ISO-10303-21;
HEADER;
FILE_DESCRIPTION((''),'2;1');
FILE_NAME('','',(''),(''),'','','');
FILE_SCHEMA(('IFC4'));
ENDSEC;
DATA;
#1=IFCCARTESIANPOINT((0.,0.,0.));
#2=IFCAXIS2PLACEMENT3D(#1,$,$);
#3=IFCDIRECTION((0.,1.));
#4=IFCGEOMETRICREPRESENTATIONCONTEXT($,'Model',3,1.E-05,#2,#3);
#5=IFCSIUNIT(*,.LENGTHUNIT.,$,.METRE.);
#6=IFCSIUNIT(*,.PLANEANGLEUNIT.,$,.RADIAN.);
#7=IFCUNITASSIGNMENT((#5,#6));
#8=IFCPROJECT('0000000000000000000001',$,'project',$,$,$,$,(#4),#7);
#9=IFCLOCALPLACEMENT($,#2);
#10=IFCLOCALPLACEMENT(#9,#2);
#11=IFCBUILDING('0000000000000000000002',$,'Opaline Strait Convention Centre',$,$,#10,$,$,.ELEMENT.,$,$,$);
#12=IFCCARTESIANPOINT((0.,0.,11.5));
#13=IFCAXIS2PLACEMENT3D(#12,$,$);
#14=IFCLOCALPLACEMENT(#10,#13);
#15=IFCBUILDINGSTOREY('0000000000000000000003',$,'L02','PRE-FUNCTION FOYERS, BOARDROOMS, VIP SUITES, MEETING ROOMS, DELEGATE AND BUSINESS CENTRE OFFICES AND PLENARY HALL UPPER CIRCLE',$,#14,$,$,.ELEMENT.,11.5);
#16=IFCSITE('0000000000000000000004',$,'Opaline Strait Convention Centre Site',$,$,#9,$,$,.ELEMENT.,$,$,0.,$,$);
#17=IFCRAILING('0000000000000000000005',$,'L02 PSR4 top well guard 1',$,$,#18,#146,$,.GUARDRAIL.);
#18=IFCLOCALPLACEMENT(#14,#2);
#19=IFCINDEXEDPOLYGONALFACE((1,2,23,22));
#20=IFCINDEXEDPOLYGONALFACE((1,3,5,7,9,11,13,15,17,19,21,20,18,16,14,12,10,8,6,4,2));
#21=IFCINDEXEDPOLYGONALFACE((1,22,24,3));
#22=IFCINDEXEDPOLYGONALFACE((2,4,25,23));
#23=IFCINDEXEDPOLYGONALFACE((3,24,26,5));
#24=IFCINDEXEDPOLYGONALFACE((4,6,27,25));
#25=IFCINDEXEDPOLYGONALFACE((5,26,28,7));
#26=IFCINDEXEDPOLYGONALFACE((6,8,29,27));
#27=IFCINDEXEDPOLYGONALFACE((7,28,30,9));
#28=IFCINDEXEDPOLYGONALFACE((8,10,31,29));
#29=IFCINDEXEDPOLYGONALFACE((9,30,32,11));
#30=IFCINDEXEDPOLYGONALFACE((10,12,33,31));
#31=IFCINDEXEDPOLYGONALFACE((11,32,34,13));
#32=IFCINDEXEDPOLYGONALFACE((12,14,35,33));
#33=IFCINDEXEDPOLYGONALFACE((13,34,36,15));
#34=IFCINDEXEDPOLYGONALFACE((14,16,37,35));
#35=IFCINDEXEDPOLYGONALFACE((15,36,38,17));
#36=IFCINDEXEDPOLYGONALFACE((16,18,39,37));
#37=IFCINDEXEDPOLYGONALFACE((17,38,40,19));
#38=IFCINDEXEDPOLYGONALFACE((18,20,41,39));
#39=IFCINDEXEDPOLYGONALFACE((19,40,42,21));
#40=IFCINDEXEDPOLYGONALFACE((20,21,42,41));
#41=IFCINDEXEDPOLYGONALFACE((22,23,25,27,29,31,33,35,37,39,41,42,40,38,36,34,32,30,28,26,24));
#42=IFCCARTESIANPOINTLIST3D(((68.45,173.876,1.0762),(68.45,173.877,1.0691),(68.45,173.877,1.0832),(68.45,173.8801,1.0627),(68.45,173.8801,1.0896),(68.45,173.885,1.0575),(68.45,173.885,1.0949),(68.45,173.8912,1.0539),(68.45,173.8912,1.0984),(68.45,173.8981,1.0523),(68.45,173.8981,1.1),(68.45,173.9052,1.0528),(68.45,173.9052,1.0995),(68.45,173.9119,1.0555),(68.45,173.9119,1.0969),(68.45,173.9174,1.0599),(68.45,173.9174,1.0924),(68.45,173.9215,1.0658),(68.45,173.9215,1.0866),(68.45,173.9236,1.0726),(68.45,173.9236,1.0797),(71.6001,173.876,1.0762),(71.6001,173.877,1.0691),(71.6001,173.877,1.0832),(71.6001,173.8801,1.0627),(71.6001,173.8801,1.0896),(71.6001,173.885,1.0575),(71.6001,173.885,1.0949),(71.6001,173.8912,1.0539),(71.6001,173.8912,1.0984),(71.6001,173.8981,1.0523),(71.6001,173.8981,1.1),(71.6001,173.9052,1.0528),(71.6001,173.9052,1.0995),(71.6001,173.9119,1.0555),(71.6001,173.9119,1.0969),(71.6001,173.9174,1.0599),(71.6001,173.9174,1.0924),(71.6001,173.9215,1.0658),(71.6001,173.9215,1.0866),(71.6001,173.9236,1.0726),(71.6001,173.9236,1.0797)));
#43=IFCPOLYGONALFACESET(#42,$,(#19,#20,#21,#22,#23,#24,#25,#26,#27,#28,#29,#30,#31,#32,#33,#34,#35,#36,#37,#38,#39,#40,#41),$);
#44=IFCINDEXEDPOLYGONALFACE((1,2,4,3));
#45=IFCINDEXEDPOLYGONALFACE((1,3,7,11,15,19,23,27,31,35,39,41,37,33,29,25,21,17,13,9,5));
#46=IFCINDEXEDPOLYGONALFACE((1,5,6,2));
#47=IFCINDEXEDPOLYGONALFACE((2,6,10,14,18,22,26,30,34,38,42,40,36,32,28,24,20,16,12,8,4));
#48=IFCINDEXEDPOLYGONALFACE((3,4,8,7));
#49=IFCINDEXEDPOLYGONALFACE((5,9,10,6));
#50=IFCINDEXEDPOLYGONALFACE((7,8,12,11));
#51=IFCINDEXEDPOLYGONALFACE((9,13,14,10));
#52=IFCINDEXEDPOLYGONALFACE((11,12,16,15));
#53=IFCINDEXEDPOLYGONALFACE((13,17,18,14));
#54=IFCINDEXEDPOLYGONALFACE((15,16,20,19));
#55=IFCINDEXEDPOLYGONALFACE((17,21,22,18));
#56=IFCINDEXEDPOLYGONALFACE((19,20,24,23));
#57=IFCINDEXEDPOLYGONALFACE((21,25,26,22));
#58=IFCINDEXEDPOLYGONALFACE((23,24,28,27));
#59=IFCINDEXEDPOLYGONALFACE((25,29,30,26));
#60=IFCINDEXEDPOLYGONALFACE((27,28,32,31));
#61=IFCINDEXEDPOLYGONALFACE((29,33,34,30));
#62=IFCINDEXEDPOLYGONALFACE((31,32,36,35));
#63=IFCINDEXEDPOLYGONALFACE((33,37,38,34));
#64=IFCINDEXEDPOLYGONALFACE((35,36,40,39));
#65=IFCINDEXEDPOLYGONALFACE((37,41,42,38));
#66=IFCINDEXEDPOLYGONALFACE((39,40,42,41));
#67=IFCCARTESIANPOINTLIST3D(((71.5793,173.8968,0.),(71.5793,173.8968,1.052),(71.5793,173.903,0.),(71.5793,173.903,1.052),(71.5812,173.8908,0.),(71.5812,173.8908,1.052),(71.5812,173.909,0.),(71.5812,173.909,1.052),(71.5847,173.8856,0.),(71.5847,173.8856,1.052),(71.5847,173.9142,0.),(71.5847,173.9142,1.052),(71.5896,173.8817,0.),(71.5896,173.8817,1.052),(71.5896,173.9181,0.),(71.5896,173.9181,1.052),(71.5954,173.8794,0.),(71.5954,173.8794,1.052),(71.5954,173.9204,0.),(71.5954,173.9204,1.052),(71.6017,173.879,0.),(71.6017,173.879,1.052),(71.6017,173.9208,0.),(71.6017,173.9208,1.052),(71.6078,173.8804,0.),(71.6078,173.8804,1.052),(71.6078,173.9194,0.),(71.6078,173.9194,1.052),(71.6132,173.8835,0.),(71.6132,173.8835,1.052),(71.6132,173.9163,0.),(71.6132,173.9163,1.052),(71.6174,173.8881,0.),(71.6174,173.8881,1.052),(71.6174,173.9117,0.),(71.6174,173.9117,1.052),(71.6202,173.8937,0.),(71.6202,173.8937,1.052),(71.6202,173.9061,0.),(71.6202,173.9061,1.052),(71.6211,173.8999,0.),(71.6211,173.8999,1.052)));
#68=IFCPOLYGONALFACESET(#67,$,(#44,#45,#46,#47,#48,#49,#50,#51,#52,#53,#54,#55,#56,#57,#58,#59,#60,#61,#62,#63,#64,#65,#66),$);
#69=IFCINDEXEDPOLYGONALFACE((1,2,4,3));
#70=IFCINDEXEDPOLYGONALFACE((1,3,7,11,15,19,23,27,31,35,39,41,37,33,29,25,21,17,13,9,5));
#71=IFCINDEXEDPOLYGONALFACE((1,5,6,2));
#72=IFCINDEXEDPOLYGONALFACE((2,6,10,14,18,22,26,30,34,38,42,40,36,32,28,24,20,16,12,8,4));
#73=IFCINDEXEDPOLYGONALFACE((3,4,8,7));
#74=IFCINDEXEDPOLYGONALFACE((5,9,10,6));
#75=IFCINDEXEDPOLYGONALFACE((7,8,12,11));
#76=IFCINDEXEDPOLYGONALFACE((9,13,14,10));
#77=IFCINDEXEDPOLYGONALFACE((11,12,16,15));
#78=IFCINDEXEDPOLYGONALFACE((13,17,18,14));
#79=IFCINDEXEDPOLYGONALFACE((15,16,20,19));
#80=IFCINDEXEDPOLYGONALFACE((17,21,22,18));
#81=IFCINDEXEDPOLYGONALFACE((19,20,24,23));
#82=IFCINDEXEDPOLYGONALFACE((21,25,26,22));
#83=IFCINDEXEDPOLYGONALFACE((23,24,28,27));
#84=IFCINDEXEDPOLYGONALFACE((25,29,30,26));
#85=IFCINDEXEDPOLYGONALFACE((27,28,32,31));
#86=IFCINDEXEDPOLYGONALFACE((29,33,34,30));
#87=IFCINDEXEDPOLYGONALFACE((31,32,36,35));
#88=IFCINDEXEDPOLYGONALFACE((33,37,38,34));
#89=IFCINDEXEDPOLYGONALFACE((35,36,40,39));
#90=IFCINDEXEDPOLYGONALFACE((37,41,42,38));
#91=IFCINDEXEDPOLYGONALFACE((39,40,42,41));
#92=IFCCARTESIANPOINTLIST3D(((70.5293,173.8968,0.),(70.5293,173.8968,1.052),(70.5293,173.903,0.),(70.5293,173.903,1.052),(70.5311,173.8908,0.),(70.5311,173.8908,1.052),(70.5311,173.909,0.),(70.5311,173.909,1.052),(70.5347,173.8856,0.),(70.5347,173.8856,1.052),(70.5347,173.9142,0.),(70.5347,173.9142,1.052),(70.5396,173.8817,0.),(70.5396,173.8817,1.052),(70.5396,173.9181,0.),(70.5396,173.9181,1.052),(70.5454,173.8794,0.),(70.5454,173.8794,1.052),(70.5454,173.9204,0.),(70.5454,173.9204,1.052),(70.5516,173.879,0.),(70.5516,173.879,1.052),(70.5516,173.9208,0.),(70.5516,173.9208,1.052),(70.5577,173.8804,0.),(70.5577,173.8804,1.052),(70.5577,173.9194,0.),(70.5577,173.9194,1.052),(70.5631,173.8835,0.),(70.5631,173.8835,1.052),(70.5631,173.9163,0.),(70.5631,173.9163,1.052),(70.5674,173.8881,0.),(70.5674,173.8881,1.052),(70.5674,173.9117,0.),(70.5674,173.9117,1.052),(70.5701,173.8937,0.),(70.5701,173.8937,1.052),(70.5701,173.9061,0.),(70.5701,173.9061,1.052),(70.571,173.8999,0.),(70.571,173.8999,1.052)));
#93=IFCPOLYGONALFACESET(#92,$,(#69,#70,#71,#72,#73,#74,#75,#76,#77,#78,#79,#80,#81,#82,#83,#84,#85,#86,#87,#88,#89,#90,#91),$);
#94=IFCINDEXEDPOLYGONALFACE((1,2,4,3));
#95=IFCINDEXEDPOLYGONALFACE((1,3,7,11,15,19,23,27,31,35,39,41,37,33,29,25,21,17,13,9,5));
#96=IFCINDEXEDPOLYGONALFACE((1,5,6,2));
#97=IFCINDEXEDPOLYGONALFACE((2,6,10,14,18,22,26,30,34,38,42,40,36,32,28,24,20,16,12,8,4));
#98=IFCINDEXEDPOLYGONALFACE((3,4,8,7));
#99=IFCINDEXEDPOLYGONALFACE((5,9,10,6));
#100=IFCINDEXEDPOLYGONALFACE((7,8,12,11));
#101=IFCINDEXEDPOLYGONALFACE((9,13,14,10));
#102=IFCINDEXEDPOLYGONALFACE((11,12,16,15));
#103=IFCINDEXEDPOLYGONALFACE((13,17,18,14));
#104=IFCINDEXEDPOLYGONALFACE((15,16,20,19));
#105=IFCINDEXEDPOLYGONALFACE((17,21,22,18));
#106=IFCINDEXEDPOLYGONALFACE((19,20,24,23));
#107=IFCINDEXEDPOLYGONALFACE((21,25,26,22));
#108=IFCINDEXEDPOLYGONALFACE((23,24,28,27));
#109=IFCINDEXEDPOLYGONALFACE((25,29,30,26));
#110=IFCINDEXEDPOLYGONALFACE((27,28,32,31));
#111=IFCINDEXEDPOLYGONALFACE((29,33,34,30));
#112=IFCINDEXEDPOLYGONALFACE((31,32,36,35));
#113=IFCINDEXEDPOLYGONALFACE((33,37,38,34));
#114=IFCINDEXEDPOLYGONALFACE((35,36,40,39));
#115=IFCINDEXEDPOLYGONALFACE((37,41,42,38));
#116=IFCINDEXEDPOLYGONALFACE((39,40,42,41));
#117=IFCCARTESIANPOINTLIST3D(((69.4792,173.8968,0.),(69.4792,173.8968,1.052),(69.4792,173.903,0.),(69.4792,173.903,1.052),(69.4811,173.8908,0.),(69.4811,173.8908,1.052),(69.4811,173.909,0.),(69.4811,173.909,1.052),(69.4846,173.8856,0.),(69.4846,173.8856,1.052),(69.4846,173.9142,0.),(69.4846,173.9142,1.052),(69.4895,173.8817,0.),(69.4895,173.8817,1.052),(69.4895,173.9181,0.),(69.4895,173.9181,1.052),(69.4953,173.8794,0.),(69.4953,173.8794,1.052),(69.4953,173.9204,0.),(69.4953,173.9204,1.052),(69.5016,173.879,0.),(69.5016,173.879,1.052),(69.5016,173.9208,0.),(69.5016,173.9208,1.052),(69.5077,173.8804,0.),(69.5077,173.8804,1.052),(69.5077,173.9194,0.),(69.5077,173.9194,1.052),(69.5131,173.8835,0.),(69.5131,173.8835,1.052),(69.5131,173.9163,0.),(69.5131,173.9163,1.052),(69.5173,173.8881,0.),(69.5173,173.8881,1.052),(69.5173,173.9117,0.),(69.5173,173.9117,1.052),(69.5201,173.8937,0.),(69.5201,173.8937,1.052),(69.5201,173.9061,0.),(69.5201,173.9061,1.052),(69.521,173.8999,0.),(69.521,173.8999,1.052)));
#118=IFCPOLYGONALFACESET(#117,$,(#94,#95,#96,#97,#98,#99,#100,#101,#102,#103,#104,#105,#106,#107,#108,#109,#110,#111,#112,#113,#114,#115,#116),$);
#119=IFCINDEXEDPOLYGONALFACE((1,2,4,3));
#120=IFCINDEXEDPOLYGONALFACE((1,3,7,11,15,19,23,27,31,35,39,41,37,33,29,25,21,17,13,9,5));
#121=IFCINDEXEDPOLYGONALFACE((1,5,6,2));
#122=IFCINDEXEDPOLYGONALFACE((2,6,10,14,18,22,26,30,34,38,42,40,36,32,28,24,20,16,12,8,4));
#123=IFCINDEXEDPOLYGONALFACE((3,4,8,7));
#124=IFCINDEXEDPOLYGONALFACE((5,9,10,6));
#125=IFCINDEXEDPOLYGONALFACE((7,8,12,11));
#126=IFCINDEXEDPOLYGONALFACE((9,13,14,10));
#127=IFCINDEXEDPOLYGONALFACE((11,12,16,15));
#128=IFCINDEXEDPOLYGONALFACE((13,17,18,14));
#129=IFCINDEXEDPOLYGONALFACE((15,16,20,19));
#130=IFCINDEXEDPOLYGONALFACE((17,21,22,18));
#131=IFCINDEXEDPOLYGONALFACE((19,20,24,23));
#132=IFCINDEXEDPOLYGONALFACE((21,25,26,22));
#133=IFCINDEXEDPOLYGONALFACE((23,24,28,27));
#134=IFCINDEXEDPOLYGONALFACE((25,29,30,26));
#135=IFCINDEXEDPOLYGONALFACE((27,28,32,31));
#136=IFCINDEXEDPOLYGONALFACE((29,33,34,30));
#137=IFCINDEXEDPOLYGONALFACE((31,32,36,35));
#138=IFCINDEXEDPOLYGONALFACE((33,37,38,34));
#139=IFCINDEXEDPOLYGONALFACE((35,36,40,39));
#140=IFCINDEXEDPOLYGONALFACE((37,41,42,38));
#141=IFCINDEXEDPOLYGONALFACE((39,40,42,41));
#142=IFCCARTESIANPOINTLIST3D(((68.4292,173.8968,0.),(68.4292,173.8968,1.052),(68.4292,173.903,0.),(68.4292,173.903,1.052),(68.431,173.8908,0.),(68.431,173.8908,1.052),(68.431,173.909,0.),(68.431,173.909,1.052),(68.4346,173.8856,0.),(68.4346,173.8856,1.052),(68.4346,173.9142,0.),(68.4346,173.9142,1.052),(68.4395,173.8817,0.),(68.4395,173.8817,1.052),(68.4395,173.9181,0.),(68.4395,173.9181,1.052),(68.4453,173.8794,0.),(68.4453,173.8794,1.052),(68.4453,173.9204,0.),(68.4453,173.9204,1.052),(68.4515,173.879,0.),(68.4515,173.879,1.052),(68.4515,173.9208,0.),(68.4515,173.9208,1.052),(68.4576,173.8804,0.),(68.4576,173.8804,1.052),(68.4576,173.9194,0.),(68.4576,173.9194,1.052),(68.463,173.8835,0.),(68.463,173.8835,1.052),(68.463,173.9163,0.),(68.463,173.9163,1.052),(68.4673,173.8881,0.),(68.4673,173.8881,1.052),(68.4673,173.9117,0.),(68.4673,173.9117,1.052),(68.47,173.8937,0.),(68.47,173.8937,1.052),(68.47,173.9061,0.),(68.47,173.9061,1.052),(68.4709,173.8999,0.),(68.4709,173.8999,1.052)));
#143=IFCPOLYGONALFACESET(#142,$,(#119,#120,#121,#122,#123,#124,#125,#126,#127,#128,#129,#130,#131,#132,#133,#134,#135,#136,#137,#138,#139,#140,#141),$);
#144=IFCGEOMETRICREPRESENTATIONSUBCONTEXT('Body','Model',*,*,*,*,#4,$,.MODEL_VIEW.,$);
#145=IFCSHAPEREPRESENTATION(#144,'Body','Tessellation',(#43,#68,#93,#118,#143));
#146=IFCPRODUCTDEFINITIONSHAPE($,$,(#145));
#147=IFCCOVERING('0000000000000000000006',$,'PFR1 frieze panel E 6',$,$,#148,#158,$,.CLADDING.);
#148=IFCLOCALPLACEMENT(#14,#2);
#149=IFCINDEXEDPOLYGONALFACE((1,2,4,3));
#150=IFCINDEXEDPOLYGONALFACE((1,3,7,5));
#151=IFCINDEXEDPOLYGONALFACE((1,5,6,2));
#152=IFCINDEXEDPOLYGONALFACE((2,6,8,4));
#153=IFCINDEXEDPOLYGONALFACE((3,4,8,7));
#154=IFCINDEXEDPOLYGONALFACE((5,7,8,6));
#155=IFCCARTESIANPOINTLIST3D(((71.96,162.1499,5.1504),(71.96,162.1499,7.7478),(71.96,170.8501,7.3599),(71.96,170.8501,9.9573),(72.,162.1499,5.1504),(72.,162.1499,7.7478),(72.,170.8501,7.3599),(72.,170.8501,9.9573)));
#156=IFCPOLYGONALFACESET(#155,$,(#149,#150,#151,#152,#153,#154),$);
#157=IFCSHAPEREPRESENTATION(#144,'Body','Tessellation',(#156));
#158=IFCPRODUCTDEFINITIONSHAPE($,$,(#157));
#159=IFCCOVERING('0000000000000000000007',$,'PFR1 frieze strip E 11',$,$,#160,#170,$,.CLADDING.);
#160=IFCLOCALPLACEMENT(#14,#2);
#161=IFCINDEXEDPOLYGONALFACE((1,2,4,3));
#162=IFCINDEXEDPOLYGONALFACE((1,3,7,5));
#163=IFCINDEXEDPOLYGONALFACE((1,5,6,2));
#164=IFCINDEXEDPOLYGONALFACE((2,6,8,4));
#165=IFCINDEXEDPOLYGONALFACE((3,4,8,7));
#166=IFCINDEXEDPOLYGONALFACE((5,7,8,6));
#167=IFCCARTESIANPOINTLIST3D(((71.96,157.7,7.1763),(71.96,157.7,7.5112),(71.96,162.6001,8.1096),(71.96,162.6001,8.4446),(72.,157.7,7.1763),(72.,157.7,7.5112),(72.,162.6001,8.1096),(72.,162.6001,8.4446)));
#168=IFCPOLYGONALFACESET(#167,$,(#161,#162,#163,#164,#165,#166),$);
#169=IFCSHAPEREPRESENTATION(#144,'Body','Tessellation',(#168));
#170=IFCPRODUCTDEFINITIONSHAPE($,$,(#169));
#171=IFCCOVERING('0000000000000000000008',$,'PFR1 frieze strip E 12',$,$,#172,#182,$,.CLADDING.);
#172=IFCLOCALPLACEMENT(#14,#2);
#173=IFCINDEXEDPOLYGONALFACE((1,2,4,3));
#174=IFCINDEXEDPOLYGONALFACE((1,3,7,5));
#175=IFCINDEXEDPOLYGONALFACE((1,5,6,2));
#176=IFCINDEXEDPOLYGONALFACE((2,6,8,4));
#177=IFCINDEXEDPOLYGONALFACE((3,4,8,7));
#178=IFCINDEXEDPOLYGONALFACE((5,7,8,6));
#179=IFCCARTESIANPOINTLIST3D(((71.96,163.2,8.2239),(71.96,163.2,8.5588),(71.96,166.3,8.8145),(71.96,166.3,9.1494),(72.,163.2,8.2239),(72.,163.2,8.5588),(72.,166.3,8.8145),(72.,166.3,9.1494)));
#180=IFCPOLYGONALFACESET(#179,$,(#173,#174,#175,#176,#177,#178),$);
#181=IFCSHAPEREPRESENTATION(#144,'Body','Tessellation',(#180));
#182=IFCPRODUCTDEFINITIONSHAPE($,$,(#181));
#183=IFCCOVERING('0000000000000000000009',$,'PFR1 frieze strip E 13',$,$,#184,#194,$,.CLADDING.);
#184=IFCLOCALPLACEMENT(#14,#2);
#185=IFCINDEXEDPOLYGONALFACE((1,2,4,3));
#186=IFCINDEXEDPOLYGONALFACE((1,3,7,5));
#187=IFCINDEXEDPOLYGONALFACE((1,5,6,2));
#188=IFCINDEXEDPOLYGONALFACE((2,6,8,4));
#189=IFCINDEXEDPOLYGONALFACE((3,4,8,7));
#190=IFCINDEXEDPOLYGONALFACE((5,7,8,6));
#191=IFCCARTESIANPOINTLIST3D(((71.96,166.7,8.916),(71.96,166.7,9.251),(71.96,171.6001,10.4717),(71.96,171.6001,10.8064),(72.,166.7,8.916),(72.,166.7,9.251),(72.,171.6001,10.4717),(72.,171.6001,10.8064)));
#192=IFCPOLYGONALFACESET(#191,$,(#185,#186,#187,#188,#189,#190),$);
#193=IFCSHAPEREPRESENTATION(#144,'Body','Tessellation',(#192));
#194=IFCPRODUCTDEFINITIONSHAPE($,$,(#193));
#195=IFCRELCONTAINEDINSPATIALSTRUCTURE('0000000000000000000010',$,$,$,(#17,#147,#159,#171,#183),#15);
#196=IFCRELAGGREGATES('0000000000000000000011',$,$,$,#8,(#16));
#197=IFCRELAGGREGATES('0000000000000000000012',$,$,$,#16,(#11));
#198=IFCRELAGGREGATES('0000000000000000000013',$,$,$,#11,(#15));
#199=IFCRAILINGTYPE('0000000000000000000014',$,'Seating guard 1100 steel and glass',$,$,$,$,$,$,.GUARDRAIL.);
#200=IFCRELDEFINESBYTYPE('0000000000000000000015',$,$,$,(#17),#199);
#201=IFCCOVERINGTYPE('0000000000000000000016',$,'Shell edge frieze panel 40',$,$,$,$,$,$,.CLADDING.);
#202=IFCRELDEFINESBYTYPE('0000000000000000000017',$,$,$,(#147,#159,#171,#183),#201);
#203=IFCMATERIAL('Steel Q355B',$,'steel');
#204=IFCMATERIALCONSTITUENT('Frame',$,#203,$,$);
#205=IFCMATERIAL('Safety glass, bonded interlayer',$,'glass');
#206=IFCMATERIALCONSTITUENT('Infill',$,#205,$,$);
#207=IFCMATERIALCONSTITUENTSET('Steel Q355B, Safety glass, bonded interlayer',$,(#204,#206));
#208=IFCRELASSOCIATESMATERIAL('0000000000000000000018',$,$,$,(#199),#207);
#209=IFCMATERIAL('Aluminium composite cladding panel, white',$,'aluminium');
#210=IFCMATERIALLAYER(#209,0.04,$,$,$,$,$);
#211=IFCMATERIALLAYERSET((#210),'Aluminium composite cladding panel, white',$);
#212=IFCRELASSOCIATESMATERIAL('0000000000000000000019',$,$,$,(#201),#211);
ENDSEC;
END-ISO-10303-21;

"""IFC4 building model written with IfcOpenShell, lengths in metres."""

from ifc_helpers import new_model, si_unit, direction, frame, origin, origin_2d, place, context, subcontext, project, spatial, polyline, circle, outline, extrude, material, layer, layer_set, constituent, constituent_set, type_object, element, save


model = new_model("IFC4")

# Units and contexts
model_context = context("Model", 3, precision=1e-05, world=origin(), true_north=direction((0.0, 1.0)))
body_context = subcontext(model_context, "Body", "Model", "MODEL_VIEW")
ifc_project = project(units=[si_unit("LENGTHUNIT", "METRE"), si_unit("PLANEANGLEUNIT", "RADIAN")], contexts=[model_context])

# Site, building, storey
site_placement = place(None, origin())
site = spatial("IfcSite", under=ifc_project, at=site_placement, Name="Opaline Strait Convention Centre Site", CompositionType="ELEMENT", RefElevation=0.0)
building_placement = place(site_placement, origin())
building = spatial("IfcBuilding", under=site, at=building_placement, Name="Opaline Strait Convention Centre", CompositionType="ELEMENT")
storey_placement = place(building_placement, frame((0.0, 0.0, 11.5)))
storey = spatial("IfcBuildingStorey", under=building, at=storey_placement, Name="L02", Description="PRE-FUNCTION FOYERS, BOARDROOMS, VIP SUITES, MEETING ROOMS, DELEGATE AND BUSINESS CENTRE OFFICES AND PLENARY HALL UPPER CIRCLE", CompositionType="ELEMENT", Elevation=11.5)

# Shared definitions
ifc_material_1 = material(Name="Steel Q355B", Category="steel")

# Railing
ifc_constituent_1 = constituent(ifc_material_1, Name="Frame")
ifc_material_2 = material(Name="Safety glass, bonded interlayer", Category="glass")
ifc_constituent_2 = constituent(ifc_material_2, Name="Infill")
ifc_constituent_set = constituent_set(constituents=[ifc_constituent_1, ifc_constituent_2], Name="Steel Q355B, Safety glass, bonded interlayer")
railing_type = type_object("IfcRailingType", Name="Seating guard 1100 steel and glass", PredefinedType="GUARDRAIL", material=ifc_constituent_set)
railing_placement = place(storey_placement, frame((71.6001, 173.8999, 0.0)))
element("IfcRailing", 1, at=railing_placement, inside=storey, type_object=railing_type, Name="L02 PSR4 top well guard 1", PredefinedType="GUARDRAIL", context=body_context, shape_type="SweptSolid", body=[
    extrude(circle(Radius=0.0239, at=origin_2d()), frame((0.0, 0.0, 1.0762), z_axis=(-1.0, 0.0, 0.0), x_axis=(0.0, -1.0, 0.0)), (0.0, 0.0, 1.0), 3.1501),
    extrude(circle(Radius=0.021, at=origin_2d()), origin(), (0.0, 0.0, 1.0), 1.052),
    extrude(circle(Radius=0.021, at=origin_2d()), frame((-1.05, 0.0, 0.0)), (0.0, 0.0, 1.0), 1.052),
    extrude(circle(Radius=0.021, at=origin_2d()), frame((-2.1001, 0.0, 0.0)), (0.0, 0.0, 1.0), 1.052),
    extrude(circle(Radius=0.021, at=origin_2d()), frame((-3.1501, 0.0, 0.0)), (0.0, 0.0, 1.0), 1.052),
])

# Coverings
ifc_material_3 = material(Name="Aluminium composite cladding panel, white", Category="aluminium")
ifc_layer_1 = layer(ifc_material_3, 0.04)
ifc_layer_set_1 = layer_set([ifc_layer_1], Name="Aluminium composite cladding panel, white")
covering_type = type_object("IfcCoveringType", Name="Shell edge frieze panel 40", PredefinedType="CLADDING", material=ifc_layer_set_1)
covering_1_placement = place(storey_placement, frame((72.0, 162.1499, 5.1504), z_axis=(1.0, 0.0, 0.0), x_axis=(0.0, 0.969233, 0.246143)))
element("IfcCovering", 2, at=covering_1_placement, inside=storey, type_object=covering_type, Name="PFR1 frieze panel E 6", PredefinedType="CLADDING", context=body_context, shape_type="SweptSolid", body=[
    extrude(outline(polyline([(0.0, 0.0), (8.9764, 0.0), (9.6157, 2.5175), (0.6393, 2.5175), (0.0, 0.0)])), origin(), (0.0, 0.0, -1.0), 0.04),
])
covering_2_placement = place(storey_placement, frame((72.0, 157.7, 7.1763), z_axis=(1.0, 0.0, 0.0), x_axis=(0.0, 0.982339, 0.18711)))
element("IfcCovering", 3, at=covering_2_placement, inside=storey, type_object=covering_type, Name="PFR1 frieze strip E 11", PredefinedType="CLADDING", context=body_context, shape_type="SweptSolid", body=[
    extrude(outline(polyline([(0.0, 0.0), (4.9882, 0.0), (5.0509, 0.329), (0.0627, 0.329), (0.0, 0.0)])), origin(), (0.0, 0.0, -1.0), 0.04),
])
covering_3_placement = place(storey_placement, frame((72.0, 163.2, 8.2239), z_axis=(1.0, 0.0, 0.0), x_axis=(0.0, 0.982334, 0.187137)))
element("IfcCovering", 4, at=covering_3_placement, inside=storey, type_object=covering_type, Name="PFR1 frieze strip E 12", PredefinedType="CLADDING", context=body_context, shape_type="SweptSolid", body=[
    extrude(outline(polyline([(0.0, 0.0), (3.1558, 0.0), (3.2185, 0.329), (0.0627, 0.329), (0.0, 0.0)])), origin(), (0.0, 0.0, -1.0), 0.04),
])
covering_4_placement = place(storey_placement, frame((72.0, 166.7, 8.916), z_axis=(1.0, 0.0, 0.0), x_axis=(0.0, 0.953121, 0.30259)))
element("IfcCovering", 5, at=covering_4_placement, inside=storey, type_object=covering_type, Name="PFR1 frieze strip E 13", PredefinedType="CLADDING", context=body_context, shape_type="SweptSolid", body=[
    extrude(outline(polyline([(0.0, 0.0), (5.1412, 0.0), (5.2424, 0.319), (0.1014, 0.3193), (0.0, 0.0)])), origin(), (0.0, 0.0, -1.0), 0.04),
])

save(model, "model.ifc")
